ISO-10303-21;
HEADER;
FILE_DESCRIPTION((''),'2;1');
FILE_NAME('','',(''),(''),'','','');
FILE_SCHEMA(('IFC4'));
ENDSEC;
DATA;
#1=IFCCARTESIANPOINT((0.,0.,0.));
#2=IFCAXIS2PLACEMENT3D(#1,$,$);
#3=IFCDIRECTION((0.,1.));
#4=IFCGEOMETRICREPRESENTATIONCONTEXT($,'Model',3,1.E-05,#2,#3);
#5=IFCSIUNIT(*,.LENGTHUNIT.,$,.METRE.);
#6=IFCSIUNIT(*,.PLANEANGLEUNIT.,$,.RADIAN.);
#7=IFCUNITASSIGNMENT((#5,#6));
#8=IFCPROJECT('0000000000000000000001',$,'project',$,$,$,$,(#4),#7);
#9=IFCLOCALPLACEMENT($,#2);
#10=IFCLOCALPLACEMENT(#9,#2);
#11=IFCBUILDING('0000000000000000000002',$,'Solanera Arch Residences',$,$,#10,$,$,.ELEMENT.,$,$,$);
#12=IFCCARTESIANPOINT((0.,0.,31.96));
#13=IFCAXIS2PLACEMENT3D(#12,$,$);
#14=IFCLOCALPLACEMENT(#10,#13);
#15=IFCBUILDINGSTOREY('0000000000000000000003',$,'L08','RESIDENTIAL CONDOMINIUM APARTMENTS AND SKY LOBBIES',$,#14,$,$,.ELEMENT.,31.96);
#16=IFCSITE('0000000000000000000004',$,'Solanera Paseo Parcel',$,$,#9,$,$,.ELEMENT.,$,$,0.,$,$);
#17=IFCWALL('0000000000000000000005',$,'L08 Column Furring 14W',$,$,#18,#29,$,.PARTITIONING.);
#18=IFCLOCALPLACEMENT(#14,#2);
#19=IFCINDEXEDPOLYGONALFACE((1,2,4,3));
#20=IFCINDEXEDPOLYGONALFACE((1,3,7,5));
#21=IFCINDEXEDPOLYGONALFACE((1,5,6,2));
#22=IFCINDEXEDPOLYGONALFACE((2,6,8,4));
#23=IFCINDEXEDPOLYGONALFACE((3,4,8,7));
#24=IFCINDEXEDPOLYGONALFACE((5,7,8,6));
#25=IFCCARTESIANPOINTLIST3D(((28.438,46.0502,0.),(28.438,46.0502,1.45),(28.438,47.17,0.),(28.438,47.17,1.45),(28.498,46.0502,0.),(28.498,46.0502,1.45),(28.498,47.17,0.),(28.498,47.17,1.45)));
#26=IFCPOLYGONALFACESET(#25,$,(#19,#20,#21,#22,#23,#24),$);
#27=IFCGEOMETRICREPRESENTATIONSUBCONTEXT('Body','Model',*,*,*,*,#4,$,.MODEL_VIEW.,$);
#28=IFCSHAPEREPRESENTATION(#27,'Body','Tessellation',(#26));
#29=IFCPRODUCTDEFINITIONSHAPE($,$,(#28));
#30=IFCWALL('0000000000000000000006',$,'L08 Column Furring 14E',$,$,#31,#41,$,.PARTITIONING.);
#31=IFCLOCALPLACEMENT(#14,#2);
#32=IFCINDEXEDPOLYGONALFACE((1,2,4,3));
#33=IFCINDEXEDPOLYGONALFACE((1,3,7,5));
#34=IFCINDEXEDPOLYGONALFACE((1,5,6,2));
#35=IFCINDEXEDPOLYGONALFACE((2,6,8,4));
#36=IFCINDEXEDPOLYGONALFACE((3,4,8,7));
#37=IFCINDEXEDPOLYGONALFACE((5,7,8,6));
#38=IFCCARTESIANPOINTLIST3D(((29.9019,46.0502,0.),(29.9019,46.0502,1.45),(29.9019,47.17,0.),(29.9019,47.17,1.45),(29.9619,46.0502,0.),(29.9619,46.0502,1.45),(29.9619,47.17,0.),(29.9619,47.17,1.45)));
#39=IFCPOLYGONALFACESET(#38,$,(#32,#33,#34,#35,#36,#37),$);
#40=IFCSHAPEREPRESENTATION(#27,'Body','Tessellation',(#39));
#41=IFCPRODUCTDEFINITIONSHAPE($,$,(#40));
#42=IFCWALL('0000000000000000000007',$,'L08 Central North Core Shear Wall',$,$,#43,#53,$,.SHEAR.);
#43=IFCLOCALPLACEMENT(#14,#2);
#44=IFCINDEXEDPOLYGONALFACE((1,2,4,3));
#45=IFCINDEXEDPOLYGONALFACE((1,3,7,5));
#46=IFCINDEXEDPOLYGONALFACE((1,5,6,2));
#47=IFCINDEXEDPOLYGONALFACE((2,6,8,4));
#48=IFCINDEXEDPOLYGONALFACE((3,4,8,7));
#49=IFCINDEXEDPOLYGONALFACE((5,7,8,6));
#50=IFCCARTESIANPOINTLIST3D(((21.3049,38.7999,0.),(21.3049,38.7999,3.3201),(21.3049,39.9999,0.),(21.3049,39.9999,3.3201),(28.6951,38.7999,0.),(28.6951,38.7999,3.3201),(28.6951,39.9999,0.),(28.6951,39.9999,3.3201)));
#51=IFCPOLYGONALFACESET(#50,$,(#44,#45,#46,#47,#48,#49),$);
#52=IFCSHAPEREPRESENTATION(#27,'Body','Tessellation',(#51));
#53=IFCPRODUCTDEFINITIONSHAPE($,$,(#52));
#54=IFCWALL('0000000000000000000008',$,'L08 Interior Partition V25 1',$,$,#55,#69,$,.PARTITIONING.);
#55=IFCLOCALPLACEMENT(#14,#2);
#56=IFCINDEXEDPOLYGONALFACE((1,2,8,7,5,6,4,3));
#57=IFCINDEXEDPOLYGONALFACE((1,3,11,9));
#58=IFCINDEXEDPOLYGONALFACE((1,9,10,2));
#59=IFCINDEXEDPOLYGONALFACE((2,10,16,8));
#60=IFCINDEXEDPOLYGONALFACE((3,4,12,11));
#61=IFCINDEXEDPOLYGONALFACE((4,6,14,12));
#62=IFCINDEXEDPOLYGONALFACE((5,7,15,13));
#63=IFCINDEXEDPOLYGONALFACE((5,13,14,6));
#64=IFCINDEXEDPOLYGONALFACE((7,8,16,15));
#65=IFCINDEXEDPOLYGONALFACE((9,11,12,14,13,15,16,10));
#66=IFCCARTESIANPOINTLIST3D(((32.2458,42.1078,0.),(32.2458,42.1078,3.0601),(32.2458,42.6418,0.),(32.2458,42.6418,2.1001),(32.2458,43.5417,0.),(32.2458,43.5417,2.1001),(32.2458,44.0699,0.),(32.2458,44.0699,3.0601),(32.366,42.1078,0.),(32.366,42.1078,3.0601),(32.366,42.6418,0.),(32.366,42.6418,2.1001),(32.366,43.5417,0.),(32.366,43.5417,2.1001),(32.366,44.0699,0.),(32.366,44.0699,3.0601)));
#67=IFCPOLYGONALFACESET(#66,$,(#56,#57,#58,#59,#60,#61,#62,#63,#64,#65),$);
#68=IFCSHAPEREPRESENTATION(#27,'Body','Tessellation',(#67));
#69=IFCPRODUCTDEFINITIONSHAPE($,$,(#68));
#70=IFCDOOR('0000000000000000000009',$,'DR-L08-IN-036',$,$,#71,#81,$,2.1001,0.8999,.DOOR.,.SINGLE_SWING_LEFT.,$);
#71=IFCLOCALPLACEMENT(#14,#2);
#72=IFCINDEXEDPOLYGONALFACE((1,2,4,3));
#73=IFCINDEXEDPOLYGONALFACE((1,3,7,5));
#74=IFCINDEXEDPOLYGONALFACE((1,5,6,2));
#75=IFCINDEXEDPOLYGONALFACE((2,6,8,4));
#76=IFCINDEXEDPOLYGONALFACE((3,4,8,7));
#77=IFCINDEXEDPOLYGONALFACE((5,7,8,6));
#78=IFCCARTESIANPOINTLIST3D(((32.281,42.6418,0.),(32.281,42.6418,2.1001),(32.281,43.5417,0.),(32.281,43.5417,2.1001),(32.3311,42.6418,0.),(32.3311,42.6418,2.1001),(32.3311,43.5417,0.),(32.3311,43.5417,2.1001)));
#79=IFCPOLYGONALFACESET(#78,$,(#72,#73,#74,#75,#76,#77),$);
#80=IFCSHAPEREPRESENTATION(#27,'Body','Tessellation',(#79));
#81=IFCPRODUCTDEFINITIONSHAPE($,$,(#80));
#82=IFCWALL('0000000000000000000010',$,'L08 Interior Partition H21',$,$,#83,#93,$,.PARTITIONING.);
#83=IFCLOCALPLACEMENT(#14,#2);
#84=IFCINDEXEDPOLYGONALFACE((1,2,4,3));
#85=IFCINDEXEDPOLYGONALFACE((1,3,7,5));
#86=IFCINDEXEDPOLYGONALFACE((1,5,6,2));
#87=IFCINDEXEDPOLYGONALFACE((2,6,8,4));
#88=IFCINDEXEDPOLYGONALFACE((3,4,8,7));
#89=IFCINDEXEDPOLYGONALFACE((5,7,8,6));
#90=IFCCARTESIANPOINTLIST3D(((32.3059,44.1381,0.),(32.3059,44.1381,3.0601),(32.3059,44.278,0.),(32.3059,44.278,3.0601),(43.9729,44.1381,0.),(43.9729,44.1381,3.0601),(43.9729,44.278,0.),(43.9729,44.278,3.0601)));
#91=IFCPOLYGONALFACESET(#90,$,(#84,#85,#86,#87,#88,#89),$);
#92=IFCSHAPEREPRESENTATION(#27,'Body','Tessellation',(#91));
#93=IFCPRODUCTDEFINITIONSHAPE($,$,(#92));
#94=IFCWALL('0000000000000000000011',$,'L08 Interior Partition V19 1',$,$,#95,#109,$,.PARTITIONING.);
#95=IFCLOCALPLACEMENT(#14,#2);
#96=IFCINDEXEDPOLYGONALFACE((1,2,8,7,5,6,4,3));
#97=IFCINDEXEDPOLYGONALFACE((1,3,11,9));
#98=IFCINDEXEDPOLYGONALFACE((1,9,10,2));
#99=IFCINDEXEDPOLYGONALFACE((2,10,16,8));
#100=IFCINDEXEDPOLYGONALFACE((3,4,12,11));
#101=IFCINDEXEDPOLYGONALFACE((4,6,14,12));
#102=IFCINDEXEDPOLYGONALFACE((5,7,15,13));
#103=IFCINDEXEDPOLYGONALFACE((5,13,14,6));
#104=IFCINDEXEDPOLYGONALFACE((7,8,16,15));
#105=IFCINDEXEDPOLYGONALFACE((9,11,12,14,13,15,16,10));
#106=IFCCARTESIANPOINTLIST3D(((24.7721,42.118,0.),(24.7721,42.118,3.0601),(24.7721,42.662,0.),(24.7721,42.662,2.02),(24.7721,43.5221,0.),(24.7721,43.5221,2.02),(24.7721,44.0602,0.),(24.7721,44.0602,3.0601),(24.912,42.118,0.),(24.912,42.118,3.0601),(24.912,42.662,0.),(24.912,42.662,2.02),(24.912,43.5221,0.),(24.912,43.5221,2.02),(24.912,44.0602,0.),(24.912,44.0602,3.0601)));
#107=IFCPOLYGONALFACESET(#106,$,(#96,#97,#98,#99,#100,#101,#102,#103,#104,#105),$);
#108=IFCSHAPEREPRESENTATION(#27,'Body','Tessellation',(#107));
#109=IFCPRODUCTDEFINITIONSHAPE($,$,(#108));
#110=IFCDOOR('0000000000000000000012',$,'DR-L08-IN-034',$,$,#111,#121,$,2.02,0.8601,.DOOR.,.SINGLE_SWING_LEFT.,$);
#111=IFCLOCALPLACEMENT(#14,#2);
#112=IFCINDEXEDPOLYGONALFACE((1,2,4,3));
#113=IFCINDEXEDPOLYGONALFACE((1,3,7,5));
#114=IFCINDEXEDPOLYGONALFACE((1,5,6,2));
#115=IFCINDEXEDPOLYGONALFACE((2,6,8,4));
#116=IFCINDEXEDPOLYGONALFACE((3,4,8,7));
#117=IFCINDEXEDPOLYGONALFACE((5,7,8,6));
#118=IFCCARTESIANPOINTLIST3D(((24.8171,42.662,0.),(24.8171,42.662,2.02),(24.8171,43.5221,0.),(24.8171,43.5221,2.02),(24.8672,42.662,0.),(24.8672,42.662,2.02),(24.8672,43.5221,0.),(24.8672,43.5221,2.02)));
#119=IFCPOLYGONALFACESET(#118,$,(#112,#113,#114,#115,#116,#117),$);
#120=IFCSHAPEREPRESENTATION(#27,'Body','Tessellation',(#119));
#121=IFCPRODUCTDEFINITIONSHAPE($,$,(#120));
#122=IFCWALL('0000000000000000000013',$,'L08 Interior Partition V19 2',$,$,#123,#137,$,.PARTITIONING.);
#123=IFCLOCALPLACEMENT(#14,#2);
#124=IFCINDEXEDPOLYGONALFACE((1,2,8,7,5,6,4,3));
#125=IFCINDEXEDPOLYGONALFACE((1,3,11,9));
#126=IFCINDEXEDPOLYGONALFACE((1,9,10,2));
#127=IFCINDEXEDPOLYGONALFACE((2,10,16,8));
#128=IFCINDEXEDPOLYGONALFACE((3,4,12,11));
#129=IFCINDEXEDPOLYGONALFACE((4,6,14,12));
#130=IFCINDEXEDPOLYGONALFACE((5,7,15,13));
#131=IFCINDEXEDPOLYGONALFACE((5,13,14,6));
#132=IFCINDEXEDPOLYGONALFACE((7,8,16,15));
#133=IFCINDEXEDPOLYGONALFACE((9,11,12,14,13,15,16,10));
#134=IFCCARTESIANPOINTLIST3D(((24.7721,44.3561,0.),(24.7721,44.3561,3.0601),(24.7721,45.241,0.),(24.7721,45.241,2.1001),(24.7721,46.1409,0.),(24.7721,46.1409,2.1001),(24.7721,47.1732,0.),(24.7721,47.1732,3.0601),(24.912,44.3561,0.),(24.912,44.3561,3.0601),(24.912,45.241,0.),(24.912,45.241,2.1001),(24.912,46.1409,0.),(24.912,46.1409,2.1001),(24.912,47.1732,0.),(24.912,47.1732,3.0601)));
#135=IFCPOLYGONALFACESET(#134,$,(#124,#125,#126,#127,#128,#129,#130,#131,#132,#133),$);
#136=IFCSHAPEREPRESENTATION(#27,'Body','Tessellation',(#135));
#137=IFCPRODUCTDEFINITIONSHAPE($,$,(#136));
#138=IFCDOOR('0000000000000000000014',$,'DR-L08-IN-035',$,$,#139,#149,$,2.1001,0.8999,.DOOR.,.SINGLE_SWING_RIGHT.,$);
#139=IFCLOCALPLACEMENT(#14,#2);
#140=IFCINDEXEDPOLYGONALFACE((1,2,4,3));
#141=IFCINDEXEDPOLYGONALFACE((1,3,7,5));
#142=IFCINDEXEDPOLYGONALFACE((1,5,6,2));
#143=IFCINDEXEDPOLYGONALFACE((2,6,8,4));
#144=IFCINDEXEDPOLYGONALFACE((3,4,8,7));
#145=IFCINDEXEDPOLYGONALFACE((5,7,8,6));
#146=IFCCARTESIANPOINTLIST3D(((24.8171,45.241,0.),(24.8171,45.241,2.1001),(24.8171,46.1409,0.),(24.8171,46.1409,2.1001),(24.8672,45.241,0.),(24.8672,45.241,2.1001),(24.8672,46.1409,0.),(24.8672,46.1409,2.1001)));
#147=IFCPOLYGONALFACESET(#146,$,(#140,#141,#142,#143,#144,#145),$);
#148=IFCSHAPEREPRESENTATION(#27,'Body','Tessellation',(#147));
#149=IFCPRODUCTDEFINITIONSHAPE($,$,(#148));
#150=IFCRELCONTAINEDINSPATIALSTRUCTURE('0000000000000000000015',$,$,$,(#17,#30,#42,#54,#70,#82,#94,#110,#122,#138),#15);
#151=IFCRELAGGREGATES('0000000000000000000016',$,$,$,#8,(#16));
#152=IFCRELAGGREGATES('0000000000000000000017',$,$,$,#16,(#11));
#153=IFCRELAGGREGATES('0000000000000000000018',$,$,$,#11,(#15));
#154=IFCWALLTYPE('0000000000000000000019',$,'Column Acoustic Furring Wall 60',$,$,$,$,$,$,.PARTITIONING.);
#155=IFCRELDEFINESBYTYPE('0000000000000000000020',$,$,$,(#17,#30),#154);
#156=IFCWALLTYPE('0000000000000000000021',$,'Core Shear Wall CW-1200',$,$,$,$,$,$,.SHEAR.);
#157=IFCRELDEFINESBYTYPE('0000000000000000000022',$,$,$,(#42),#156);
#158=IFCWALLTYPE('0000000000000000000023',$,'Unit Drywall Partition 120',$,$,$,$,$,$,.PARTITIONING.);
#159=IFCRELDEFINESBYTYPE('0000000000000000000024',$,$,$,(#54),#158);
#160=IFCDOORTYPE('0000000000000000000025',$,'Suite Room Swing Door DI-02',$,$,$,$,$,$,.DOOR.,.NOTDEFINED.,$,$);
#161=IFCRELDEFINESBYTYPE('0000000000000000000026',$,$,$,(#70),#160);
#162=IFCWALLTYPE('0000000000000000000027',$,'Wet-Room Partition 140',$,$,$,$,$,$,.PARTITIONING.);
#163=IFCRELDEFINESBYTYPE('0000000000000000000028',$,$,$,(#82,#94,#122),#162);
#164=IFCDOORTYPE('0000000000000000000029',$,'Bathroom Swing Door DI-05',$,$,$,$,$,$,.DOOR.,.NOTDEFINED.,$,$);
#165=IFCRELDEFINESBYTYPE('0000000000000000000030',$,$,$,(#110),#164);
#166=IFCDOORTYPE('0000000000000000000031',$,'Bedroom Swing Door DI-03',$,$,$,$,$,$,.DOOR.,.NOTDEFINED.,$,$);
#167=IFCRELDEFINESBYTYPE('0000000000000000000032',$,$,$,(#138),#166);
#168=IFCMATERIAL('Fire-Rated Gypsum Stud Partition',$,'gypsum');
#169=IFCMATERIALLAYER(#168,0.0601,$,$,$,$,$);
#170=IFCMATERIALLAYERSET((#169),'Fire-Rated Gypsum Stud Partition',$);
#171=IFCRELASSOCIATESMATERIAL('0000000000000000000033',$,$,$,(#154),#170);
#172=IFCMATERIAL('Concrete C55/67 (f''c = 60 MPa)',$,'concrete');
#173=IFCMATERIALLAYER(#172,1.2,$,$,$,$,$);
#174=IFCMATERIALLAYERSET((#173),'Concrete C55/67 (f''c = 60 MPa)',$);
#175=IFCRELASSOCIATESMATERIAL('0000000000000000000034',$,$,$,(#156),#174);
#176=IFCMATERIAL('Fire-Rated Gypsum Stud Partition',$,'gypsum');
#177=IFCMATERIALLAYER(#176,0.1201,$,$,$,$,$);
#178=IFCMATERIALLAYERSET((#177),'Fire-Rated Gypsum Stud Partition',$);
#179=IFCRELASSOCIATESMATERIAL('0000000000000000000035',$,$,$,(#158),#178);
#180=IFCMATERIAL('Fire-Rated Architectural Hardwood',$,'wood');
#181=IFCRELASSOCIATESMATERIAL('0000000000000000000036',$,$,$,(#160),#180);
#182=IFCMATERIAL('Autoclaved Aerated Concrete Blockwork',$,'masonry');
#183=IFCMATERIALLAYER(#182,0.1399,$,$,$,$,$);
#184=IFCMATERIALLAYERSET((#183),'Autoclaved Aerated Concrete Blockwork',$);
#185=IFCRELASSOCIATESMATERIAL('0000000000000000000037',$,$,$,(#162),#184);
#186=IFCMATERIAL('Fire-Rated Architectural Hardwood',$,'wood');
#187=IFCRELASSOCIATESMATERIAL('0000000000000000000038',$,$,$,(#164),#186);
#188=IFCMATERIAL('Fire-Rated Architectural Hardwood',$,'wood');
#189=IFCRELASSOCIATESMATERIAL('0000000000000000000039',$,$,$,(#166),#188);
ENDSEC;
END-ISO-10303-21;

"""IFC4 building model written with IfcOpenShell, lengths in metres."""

from ifc_helpers import new_model, si_unit, direction, frame, frame_2d, origin, place, context, subcontext, project, spatial, rectangle, extrude, material, layer, layer_set, type_object, element, fill, save


model = new_model("IFC4")

# Units and contexts
model_context = context("Model", 3, precision=1e-05, world=origin(), true_north=direction((0.0, 1.0)))
body_context = subcontext(model_context, "Body", "Model", "MODEL_VIEW")
ifc_project = project(units=[si_unit("LENGTHUNIT", "METRE"), si_unit("PLANEANGLEUNIT", "RADIAN")], contexts=[model_context])

# Site, building, storey
site_placement = place(None, origin())
site = spatial("IfcSite", under=ifc_project, at=site_placement, Name="Solanera Paseo Parcel", CompositionType="ELEMENT", RefElevation=0.0)
building_placement = place(site_placement, origin())
building = spatial("IfcBuilding", under=site, at=building_placement, Name="Solanera Arch Residences", CompositionType="ELEMENT")
storey_placement = place(building_placement, frame((0.0, 0.0, 31.96)))
storey = spatial("IfcBuildingStorey", under=building, at=storey_placement, Name="L08", Description="RESIDENTIAL CONDOMINIUM APARTMENTS AND SKY LOBBIES", CompositionType="ELEMENT", Elevation=31.96)

# Walls
ifc_material_1 = material(Name="Fire-Rated Gypsum Stud Partition", Category="gypsum")
ifc_layer_1 = layer(ifc_material_1, 0.0601)
ifc_layer_set_1 = layer_set([ifc_layer_1], Name="Fire-Rated Gypsum Stud Partition")
wall_type_1 = type_object("IfcWallType", Name="Column Acoustic Furring Wall 60", PredefinedType="PARTITIONING", material=ifc_layer_set_1)
for number, where, z_axis, x_axis, name in (
    (1, (28.468, 46.05, 0.0), (0.0, 0.0, 1.0), (0.0, 1.0, 0.0), "L08 Column Furring 14W"),
    (2, (29.9319, 46.05, 0.0), (0.0, 0.0, 1.0), (0.0, 1.0, 0.0), "L08 Column Furring 14E"),
):
    element("IfcWall", number, at=place(storey_placement, frame(where, z_axis=z_axis, x_axis=x_axis)), inside=storey, type_object=wall_type_1, Name=name, PredefinedType="PARTITIONING", context=body_context, shape_type="SweptSolid", body=[
        extrude(rectangle(XDim=1.1199, YDim=0.0601, at=frame_2d((0.5601, 0.0))), origin(), (0.0, 0.0, 1.0), 1.45),
    ])
ifc_material_2 = material(Name="Concrete C55/67 (f'c = 60 MPa)", Category="concrete")
ifc_layer_2 = layer(ifc_material_2, 1.2)
ifc_layer_set_2 = layer_set([ifc_layer_2], Name="Concrete C55/67 (f'c = 60 MPa)")
wall_type_2 = type_object("IfcWallType", Name="Core Shear Wall CW-1200", PredefinedType="SHEAR", material=ifc_layer_set_2)
wall_1_placement = place(storey_placement, frame((21.3049, 39.3999, 0.0), z_axis=(0.0, 0.0, 1.0), x_axis=(1.0, 0.0, 0.0)))
element("IfcWall", 3, at=wall_1_placement, inside=storey, type_object=wall_type_2, Name="L08 Central North Core Shear Wall", PredefinedType="SHEAR", context=body_context, shape_type="SweptSolid", body=[
    extrude(rectangle(XDim=7.3901, YDim=1.2, at=frame_2d((3.6951, 0.0))), origin(), (0.0, 0.0, 1.0), 3.3201),
])

# Wall, opening, door
ifc_material_3 = material(Name="Fire-Rated Gypsum Stud Partition", Category="gypsum")
ifc_layer_3 = layer(ifc_material_3, 0.1201)
ifc_layer_set_3 = layer_set([ifc_layer_3], Name="Fire-Rated Gypsum Stud Partition")
wall_type_3 = type_object("IfcWallType", Name="Unit Drywall Partition 120", PredefinedType="PARTITIONING", material=ifc_layer_set_3)
wall_2_placement = place(storey_placement, frame((32.3059, 42.1079, 0.0), z_axis=(0.0, 0.0, 1.0), x_axis=(0.0, 1.0, 0.0)))
wall_2 = element("IfcWall", 4, at=wall_2_placement, inside=storey, type_object=wall_type_3, Name="L08 Interior Partition V25 1", PredefinedType="PARTITIONING", context=body_context, shape_type="SweptSolid", body=[
    extrude(rectangle(XDim=1.9622, YDim=0.1201, at=frame_2d((0.981, 0.0))), origin(), (0.0, 0.0, 1.0), 3.0601),
])
opening_1_placement = place(wall_2_placement, frame((0.5339, 0.0, 0.0)))
opening_1 = element("IfcOpeningElement", 5, at=opening_1_placement, cuts=wall_2, PredefinedType="OPENING", context=body_context, shape_type="SweptSolid", body=[
    extrude(rectangle(XDim=0.8999, YDim=2.1001, at=frame_2d((0.45, 1.05))), frame((0.0, 0.0701, 0.0), z_axis=(0.0, -1.0, 0.0), x_axis=(1.0, 0.0, 0.0)), (0.0, 0.0, 1.0), 0.1401),
])
ifc_material_4 = material(Name="Fire-Rated Architectural Hardwood", Category="wood")
door_type_1 = type_object("IfcDoorType", Name="Suite Room Swing Door DI-02", OperationType="NOTDEFINED", PredefinedType="DOOR", material=ifc_material_4)
door_1_placement = place(opening_1_placement, origin())
door_1 = element("IfcDoor", 6, at=door_1_placement, inside=storey, type_object=door_type_1, Name="DR-L08-IN-036", OperationType="SINGLE_SWING_LEFT", OverallHeight=2.1001, OverallWidth=0.8999, PredefinedType="DOOR", context=body_context, shape_type="SweptSolid", body=[
    extrude(rectangle(XDim=0.8999, YDim=2.1001, at=frame_2d((0.45, 1.05))), frame((0.0, 0.0249, 0.0), z_axis=(0.0, -1.0, 0.0), x_axis=(1.0, 0.0, 0.0)), (0.0, 0.0, 1.0), 0.05),
])
fill(opening_1, door_1)

# Wall
ifc_material_5 = material(Name="Autoclaved Aerated Concrete Blockwork", Category="masonry")
ifc_layer_4 = layer(ifc_material_5, 0.1399)
ifc_layer_set_4 = layer_set([ifc_layer_4], Name="Autoclaved Aerated Concrete Blockwork")
wall_type_4 = type_object("IfcWallType", Name="Wet-Room Partition 140", PredefinedType="PARTITIONING", material=ifc_layer_set_4)
wall_3_placement = place(storey_placement, frame((32.3059, 44.208, 0.0), z_axis=(0.0, 0.0, 1.0), x_axis=(1.0, 0.0, 0.0)))
element("IfcWall", 7, at=wall_3_placement, inside=storey, type_object=wall_type_4, Name="L08 Interior Partition H21", PredefinedType="PARTITIONING", context=body_context, shape_type="SweptSolid", body=[
    extrude(rectangle(XDim=11.667, YDim=0.1399, at=frame_2d((5.8335, 0.0))), origin(), (0.0, 0.0, 1.0), 3.0601),
])

# Walls, openings, doors
wall_4_placement = place(storey_placement, frame((24.842, 42.1179, 0.0), z_axis=(0.0, 0.0, 1.0), x_axis=(0.0, 1.0, 0.0)))
wall_4 = element("IfcWall", 8, at=wall_4_placement, inside=storey, type_object=wall_type_4, Name="L08 Interior Partition V19 1", PredefinedType="PARTITIONING", context=body_context, shape_type="SweptSolid", body=[
    extrude(rectangle(XDim=1.9421, YDim=0.1399, at=frame_2d((0.9712, 0.0))), origin(), (0.0, 0.0, 1.0), 3.0601),
])
opening_2_placement = place(wall_4_placement, frame((0.5439, 0.0, 0.0)))
opening_2 = element("IfcOpeningElement", 9, at=opening_2_placement, cuts=wall_4, PredefinedType="OPENING", context=body_context, shape_type="SweptSolid", body=[
    extrude(rectangle(XDim=0.8601, YDim=2.02, at=frame_2d((0.4302, 1.01))), frame((0.0, 0.0798, 0.0), z_axis=(0.0, -1.0, 0.0), x_axis=(1.0, 0.0, 0.0)), (0.0, 0.0, 1.0), 0.1599),
])
ifc_material_6 = material(Name="Fire-Rated Architectural Hardwood", Category="wood")
door_type_2 = type_object("IfcDoorType", Name="Bathroom Swing Door DI-05", OperationType="NOTDEFINED", PredefinedType="DOOR", material=ifc_material_6)
door_2_placement = place(opening_2_placement, origin())
door_2 = element("IfcDoor", 10, at=door_2_placement, inside=storey, type_object=door_type_2, Name="DR-L08-IN-034", OperationType="SINGLE_SWING_LEFT", OverallHeight=2.02, OverallWidth=0.8601, PredefinedType="DOOR", context=body_context, shape_type="SweptSolid", body=[
    extrude(rectangle(XDim=0.8601, YDim=2.02, at=frame_2d((0.4302, 1.01))), frame((0.0, 0.0249, 0.0), z_axis=(0.0, -1.0, 0.0), x_axis=(1.0, 0.0, 0.0)), (0.0, 0.0, 1.0), 0.05),
])
fill(opening_2, door_2)
wall_5_placement = place(storey_placement, frame((24.842, 44.356, 0.0), z_axis=(0.0, 0.0, 1.0), x_axis=(0.0, 1.0, 0.0)))
wall_5 = element("IfcWall", 11, at=wall_5_placement, inside=storey, type_object=wall_type_4, Name="L08 Interior Partition V19 2", PredefinedType="PARTITIONING", context=body_context, shape_type="SweptSolid", body=[
    extrude(rectangle(XDim=2.8171, YDim=0.1399, at=frame_2d((1.4087, 0.0))), origin(), (0.0, 0.0, 1.0), 3.0601),
])
opening_3_placement = place(wall_5_placement, frame((0.885, 0.0, 0.0)))
opening_3 = element("IfcOpeningElement", 12, at=opening_3_placement, cuts=wall_5, PredefinedType="OPENING", context=body_context, shape_type="SweptSolid", body=[
    extrude(rectangle(XDim=0.8999, YDim=2.1001, at=frame_2d((0.45, 1.05))), frame((0.0, 0.0798, 0.0), z_axis=(0.0, -1.0, 0.0), x_axis=(1.0, 0.0, 0.0)), (0.0, 0.0, 1.0), 0.1599),
])
ifc_material_7 = material(Name="Fire-Rated Architectural Hardwood", Category="wood")
door_type_3 = type_object("IfcDoorType", Name="Bedroom Swing Door DI-03", OperationType="NOTDEFINED", PredefinedType="DOOR", material=ifc_material_7)
door_3_placement = place(opening_3_placement, origin())
door_3 = element("IfcDoor", 13, at=door_3_placement, inside=storey, type_object=door_type_3, Name="DR-L08-IN-035", OperationType="SINGLE_SWING_RIGHT", OverallHeight=2.1001, OverallWidth=0.8999, PredefinedType="DOOR", context=body_context, shape_type="SweptSolid", body=[
    extrude(rectangle(XDim=0.8999, YDim=2.1001, at=frame_2d((0.45, 1.05))), frame((0.0, 0.0249, 0.0), z_axis=(0.0, -1.0, 0.0), x_axis=(1.0, 0.0, 0.0)), (0.0, 0.0, 1.0), 0.05),
])
fill(opening_3, door_3)

save(model, "model.ifc")
